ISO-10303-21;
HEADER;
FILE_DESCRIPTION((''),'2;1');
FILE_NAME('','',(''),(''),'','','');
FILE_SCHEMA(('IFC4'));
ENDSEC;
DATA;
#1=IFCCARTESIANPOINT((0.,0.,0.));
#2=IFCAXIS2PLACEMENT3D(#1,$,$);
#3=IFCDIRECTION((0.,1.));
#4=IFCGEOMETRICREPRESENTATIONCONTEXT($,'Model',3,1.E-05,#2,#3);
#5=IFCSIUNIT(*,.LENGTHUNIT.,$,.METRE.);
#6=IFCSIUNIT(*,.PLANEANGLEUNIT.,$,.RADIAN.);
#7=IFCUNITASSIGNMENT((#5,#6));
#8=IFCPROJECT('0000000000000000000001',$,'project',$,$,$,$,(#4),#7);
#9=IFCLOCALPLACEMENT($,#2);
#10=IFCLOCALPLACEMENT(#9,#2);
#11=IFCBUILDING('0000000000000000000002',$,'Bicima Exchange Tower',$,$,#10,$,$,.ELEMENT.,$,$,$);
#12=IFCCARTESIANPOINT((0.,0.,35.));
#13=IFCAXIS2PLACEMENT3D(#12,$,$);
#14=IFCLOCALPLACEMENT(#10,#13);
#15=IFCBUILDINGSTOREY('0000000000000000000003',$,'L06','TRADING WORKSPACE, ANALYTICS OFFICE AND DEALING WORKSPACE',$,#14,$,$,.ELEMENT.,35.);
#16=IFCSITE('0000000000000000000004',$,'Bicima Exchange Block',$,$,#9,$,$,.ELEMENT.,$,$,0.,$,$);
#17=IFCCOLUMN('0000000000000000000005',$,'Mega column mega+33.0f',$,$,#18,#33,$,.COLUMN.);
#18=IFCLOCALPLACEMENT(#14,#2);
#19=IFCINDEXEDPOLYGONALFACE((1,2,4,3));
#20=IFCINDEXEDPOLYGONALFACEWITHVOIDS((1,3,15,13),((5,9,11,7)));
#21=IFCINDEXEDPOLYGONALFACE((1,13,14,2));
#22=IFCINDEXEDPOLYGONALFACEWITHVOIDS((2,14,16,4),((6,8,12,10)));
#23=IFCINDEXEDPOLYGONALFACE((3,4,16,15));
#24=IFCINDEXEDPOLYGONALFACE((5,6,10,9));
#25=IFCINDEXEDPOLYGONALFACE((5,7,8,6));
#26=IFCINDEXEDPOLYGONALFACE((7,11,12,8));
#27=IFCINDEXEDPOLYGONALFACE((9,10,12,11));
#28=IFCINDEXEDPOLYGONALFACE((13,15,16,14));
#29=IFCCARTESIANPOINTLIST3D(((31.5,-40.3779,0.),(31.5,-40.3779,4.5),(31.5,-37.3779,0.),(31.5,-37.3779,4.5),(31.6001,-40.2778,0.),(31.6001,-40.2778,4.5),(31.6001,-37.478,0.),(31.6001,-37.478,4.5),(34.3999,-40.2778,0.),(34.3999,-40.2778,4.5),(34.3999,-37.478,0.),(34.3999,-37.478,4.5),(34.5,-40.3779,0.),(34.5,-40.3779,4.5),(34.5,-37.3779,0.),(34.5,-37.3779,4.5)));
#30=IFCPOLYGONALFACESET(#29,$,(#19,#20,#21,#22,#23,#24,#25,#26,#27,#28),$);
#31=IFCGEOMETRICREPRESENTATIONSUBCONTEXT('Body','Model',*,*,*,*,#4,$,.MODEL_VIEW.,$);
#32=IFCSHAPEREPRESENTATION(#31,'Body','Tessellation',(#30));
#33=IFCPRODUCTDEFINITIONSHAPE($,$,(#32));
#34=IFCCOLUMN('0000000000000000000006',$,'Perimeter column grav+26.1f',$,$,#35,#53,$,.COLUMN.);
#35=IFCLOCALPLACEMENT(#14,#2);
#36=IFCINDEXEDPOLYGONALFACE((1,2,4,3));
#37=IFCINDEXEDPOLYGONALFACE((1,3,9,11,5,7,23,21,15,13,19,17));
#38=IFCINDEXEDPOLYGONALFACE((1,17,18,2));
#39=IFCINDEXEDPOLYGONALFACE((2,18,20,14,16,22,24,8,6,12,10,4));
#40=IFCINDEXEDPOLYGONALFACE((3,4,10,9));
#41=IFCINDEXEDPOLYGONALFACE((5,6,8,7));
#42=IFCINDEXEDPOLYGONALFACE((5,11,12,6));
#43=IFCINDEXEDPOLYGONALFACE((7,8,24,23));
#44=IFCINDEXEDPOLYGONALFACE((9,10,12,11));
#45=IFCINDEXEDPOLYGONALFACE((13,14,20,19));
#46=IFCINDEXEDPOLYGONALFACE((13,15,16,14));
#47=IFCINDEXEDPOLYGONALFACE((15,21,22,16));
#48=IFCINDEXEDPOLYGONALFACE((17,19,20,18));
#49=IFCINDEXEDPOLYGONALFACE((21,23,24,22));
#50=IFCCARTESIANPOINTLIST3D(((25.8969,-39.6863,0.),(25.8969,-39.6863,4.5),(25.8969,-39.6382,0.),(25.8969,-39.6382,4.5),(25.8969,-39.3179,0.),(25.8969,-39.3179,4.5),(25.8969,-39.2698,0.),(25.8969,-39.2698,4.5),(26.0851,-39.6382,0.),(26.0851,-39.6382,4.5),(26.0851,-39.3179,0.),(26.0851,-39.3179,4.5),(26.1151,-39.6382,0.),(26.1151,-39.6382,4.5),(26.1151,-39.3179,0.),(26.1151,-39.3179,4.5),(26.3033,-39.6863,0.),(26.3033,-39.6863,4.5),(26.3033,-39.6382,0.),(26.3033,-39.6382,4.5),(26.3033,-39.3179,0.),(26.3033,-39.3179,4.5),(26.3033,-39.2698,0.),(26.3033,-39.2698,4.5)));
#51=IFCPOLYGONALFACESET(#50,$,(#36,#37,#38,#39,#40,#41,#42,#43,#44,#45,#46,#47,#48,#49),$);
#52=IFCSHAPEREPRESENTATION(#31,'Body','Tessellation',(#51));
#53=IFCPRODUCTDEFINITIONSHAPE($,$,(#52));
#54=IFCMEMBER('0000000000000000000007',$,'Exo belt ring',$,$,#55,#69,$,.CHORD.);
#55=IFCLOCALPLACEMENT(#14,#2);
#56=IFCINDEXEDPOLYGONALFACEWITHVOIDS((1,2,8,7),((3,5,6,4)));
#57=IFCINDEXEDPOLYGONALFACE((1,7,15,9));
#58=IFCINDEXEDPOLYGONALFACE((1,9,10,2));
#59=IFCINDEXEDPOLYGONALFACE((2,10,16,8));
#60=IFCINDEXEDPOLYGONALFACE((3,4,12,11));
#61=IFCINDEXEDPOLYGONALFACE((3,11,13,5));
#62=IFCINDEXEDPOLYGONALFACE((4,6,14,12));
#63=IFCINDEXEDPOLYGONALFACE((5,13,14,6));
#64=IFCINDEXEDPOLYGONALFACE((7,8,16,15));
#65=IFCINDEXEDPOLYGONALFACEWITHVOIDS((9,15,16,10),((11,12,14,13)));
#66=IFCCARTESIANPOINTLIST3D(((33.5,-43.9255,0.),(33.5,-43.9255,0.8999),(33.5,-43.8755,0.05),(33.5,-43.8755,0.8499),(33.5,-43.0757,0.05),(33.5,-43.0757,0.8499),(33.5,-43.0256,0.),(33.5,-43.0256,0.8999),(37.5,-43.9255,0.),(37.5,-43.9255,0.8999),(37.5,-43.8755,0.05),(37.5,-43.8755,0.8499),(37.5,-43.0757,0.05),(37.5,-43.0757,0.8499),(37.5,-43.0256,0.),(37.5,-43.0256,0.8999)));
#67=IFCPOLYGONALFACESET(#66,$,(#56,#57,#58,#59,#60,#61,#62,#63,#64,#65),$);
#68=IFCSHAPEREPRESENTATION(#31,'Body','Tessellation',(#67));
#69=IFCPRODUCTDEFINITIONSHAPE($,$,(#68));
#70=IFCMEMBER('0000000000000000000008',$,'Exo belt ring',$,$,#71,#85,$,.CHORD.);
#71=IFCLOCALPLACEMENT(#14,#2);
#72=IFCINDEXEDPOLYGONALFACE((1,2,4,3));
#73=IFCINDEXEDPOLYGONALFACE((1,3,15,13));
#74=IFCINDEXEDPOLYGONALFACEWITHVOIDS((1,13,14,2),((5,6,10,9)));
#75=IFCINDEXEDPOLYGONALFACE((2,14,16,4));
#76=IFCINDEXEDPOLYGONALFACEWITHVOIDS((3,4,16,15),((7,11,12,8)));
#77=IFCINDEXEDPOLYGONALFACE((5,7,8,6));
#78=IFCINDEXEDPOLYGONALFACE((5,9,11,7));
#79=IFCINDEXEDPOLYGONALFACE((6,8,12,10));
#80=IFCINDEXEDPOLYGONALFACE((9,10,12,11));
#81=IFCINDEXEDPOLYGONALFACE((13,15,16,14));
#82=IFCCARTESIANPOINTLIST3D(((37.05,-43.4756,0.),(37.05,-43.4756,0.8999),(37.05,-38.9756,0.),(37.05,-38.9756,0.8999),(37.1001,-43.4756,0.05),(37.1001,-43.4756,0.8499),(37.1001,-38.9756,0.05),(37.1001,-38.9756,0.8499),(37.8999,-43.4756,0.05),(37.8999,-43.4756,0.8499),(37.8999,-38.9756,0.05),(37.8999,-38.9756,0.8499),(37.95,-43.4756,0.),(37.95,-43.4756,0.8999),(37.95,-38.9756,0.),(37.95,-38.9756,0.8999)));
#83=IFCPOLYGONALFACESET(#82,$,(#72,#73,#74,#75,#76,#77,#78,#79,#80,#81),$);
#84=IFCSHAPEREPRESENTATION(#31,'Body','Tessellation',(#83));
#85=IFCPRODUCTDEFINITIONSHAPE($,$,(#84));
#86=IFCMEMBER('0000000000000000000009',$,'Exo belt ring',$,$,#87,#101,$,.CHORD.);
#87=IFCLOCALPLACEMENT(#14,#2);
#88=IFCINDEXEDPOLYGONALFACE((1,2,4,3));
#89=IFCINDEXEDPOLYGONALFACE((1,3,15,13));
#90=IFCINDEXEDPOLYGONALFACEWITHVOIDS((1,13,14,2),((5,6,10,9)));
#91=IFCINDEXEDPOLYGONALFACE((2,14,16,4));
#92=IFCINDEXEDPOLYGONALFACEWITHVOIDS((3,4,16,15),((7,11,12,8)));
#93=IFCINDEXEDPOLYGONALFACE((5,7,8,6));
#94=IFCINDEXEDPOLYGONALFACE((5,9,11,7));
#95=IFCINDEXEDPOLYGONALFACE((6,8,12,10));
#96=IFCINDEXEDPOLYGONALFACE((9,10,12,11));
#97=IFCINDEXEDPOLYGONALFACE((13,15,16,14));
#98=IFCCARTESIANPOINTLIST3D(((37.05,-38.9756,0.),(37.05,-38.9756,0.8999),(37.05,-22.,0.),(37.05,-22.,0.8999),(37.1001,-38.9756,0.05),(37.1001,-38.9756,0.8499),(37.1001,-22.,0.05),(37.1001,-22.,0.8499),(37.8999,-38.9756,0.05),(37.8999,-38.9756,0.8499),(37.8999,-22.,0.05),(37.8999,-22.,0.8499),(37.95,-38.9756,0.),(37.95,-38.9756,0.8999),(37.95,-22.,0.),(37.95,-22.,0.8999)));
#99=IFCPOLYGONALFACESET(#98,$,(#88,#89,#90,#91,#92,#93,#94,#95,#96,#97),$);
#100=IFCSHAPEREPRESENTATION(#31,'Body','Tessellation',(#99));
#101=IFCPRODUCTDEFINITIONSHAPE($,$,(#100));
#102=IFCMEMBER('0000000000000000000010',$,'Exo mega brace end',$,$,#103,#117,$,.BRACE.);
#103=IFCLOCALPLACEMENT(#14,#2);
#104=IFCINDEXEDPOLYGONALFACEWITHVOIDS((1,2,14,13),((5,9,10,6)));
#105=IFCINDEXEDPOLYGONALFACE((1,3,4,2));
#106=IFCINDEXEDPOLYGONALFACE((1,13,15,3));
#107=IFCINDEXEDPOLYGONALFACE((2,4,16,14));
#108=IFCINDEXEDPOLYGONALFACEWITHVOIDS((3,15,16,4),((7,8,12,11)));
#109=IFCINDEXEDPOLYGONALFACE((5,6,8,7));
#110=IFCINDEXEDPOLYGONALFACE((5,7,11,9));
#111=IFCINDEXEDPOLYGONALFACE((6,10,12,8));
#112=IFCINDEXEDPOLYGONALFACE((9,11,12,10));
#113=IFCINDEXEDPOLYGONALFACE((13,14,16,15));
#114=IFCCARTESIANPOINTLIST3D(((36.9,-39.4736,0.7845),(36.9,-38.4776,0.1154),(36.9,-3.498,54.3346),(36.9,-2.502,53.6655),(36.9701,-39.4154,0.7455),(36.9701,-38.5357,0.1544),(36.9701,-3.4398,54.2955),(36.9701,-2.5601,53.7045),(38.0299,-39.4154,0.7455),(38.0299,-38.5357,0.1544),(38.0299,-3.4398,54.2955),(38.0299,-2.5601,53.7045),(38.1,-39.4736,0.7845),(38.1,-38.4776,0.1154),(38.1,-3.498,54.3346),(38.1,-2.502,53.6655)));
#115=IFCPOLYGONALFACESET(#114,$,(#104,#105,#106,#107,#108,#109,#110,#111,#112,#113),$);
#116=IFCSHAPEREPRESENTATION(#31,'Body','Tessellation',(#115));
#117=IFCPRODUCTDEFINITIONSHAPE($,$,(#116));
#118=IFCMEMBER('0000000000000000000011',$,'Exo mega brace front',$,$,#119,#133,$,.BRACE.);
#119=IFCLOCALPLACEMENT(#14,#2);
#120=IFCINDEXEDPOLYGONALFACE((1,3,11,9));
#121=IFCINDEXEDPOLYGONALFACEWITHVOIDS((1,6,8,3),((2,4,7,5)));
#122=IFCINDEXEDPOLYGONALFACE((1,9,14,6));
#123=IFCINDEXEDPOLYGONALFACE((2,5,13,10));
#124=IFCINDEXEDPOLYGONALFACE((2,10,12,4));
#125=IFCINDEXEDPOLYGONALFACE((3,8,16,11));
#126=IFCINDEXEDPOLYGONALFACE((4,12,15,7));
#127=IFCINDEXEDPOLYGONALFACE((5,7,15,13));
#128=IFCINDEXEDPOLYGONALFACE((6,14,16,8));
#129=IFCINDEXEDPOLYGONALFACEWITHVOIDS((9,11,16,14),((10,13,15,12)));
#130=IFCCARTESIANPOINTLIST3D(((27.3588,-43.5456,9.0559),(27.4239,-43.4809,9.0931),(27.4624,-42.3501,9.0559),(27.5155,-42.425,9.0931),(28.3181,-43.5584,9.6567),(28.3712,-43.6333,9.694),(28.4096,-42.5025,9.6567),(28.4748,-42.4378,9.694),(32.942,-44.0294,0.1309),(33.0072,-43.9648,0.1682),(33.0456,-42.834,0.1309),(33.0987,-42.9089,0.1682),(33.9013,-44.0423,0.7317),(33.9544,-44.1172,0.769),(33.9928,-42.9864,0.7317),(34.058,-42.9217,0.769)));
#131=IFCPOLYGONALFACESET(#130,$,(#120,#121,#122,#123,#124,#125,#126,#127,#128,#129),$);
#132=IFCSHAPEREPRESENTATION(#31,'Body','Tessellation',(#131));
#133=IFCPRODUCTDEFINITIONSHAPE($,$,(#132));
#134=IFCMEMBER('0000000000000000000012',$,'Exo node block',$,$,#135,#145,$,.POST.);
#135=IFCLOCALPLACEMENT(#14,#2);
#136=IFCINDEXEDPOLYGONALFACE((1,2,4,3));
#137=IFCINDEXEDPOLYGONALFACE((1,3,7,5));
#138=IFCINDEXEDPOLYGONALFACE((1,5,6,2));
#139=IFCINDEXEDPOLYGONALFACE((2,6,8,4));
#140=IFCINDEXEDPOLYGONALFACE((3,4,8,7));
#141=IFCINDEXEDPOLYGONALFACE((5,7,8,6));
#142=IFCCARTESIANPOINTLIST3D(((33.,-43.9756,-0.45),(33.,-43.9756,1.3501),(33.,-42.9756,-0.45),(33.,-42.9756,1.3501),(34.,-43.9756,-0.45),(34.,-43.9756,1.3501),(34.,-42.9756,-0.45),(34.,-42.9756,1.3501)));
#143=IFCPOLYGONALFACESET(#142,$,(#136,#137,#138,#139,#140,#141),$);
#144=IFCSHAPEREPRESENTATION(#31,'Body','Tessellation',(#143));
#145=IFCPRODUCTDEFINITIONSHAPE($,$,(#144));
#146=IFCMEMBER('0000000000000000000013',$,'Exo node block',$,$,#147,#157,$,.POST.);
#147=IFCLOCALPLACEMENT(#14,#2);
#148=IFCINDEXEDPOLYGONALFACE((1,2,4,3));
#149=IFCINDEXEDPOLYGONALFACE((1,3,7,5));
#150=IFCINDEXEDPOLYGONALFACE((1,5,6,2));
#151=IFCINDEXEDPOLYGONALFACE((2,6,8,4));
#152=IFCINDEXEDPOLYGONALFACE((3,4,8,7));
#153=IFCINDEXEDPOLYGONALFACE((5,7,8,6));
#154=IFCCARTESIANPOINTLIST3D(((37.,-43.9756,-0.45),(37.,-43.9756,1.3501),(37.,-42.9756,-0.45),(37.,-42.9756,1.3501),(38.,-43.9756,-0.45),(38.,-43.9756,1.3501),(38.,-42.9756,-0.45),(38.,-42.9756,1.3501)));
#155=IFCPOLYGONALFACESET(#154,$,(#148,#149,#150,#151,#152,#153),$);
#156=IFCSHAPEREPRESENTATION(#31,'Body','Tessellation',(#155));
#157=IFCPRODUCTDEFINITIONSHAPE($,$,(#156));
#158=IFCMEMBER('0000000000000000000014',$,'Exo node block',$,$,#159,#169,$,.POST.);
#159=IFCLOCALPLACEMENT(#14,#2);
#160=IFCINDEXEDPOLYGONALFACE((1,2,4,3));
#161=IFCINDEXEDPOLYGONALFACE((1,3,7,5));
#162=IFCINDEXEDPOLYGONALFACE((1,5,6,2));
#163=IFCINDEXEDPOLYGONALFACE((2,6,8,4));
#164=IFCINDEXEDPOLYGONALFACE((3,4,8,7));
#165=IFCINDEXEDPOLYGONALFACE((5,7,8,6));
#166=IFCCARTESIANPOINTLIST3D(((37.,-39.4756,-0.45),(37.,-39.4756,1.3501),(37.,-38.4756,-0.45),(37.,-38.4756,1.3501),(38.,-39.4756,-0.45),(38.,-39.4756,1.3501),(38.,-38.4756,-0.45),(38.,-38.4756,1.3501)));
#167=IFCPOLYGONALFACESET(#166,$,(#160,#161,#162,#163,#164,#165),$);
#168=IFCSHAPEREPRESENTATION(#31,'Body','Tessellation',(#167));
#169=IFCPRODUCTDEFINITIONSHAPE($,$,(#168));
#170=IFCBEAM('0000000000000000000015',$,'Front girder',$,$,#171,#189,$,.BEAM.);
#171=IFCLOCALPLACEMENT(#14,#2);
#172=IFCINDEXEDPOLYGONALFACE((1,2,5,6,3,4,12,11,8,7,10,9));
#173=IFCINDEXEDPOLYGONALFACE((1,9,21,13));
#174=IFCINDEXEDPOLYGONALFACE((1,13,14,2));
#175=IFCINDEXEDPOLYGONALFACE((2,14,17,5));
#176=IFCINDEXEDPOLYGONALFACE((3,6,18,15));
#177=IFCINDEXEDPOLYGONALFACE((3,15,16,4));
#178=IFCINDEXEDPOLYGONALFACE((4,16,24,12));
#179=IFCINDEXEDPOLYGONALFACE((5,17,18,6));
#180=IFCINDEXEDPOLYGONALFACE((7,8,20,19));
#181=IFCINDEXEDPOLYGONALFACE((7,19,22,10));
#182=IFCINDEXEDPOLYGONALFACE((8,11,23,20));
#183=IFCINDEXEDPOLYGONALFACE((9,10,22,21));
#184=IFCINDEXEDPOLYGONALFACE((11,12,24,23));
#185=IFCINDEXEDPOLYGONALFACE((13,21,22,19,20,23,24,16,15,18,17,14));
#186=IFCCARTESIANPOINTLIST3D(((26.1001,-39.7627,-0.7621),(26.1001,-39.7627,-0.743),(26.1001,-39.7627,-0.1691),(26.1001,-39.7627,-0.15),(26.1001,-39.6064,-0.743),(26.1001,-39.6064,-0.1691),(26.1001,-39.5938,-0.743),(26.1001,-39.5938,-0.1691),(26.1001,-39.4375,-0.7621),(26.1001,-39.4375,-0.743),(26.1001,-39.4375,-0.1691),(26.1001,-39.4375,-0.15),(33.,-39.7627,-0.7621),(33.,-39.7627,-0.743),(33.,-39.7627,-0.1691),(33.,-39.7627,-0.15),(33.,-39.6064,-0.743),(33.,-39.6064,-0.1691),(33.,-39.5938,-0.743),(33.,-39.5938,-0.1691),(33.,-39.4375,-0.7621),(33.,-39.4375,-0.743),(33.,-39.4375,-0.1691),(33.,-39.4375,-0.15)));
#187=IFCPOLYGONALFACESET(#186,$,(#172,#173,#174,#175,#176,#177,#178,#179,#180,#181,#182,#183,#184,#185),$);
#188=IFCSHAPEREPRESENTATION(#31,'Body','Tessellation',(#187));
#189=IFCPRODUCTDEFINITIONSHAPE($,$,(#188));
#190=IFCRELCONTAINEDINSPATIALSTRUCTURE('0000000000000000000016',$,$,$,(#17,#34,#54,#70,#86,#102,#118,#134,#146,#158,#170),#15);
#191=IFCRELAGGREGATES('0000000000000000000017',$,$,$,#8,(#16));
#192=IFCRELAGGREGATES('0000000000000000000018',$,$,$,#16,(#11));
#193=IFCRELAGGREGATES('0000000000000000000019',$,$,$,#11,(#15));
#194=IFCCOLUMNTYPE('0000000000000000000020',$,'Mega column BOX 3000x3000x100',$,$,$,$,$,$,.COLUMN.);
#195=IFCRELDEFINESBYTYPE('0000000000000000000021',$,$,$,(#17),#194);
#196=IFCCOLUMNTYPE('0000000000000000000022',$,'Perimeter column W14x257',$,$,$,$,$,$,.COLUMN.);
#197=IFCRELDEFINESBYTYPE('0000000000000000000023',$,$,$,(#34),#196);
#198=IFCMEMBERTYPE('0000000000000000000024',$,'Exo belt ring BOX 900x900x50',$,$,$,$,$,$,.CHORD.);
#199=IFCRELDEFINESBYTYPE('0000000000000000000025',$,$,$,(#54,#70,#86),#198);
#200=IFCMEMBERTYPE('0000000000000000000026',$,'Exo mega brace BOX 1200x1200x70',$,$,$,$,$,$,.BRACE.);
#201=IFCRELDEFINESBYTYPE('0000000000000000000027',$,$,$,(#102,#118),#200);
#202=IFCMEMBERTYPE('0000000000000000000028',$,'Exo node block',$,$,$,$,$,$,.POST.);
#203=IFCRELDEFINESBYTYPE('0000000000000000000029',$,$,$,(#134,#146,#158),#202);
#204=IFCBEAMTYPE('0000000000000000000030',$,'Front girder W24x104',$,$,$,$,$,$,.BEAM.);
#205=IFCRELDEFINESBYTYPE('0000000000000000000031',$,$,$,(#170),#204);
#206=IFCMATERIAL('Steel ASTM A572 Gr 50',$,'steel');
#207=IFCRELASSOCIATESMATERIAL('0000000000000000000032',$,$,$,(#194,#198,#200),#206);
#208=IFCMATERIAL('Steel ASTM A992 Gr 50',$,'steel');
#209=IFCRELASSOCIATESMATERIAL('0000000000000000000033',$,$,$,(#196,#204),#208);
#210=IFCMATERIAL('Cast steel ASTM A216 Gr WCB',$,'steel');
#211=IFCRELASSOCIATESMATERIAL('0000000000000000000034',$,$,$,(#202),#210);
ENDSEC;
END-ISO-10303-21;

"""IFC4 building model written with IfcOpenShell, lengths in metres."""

from ifc_helpers import new_model, si_unit, direction, frame, origin, origin_2d, place, context, subcontext, project, spatial, rectangle, hollow_rectangle, i_section, extrude, material, material_profile, profile_set, type_object, element, save


model = new_model("IFC4")

# Units and contexts
model_context = context("Model", 3, precision=1e-05, world=origin(), true_north=direction((0.0, 1.0)))
body_context = subcontext(model_context, "Body", "Model", "MODEL_VIEW")
ifc_project = project(units=[si_unit("LENGTHUNIT", "METRE"), si_unit("PLANEANGLEUNIT", "RADIAN")], contexts=[model_context])

# Site, building, storey
site_placement = place(None, origin())
site = spatial("IfcSite", under=ifc_project, at=site_placement, Name="Bicima Exchange Block", CompositionType="ELEMENT", RefElevation=0.0)
building_placement = place(site_placement, origin())
building = spatial("IfcBuilding", under=site, at=building_placement, Name="Bicima Exchange Tower", CompositionType="ELEMENT")
storey_placement = place(building_placement, frame((0.0, 0.0, 35.0)))
storey = spatial("IfcBuildingStorey", under=building, at=storey_placement, Name="L06", Description="TRADING WORKSPACE, ANALYTICS OFFICE AND DEALING WORKSPACE", CompositionType="ELEMENT", Elevation=35.0)

# Columns
ifc_material_1 = material(Name="Steel ASTM A572 Gr 50", Category="steel")
ifc_material_profile_1 = material_profile(ifc_material_1, hollow_rectangle(XDim=3.0, YDim=3.0, WallThickness=0.1001, at=origin_2d()))
ifc_profile_set_1 = profile_set([ifc_material_profile_1], Name="Steel ASTM A572 Gr 50")
column_type_1 = type_object("IfcColumnType", Name="Mega column BOX 3000x3000x100", PredefinedType="COLUMN", material=ifc_profile_set_1)
column_1_placement = place(storey_placement, frame((33.0, -38.8779, 0.0), z_axis=(0.0, 0.0, 1.0), x_axis=(1.0, 0.0, 0.0)))
element("IfcColumn", 1, at=column_1_placement, inside=storey, type_object=column_type_1, Name="Mega column mega+33.0f", PredefinedType="COLUMN", context=body_context, shape_type="SweptSolid", body=[
    extrude(hollow_rectangle(XDim=3.0, YDim=3.0, WallThickness=0.1001, at=origin_2d()), origin(), (0.0, 0.0, 1.0), 4.5),
])
ifc_material_2 = material(Name="Steel ASTM A992 Gr 50", Category="steel")
ifc_material_profile_2 = material_profile(ifc_material_2, i_section(OverallWidth=0.4065, OverallDepth=0.4165, WebThickness=0.03, FlangeThickness=0.0481, at=origin_2d()))
ifc_profile_set_2 = profile_set([ifc_material_profile_2], Name="Steel ASTM A992 Gr 50")
column_type_2 = type_object("IfcColumnType", Name="Perimeter column W14x257", PredefinedType="COLUMN", material=ifc_profile_set_2)
column_2_placement = place(storey_placement, frame((26.1001, -39.478, 0.0), z_axis=(0.0, 0.0, 1.0), x_axis=(1.0, 0.0, 0.0)))
element("IfcColumn", 2, at=column_2_placement, inside=storey, type_object=column_type_2, Name="Perimeter column grav+26.1f", PredefinedType="COLUMN", context=body_context, shape_type="SweptSolid", body=[
    extrude(i_section(OverallWidth=0.4065, OverallDepth=0.4165, WebThickness=0.03, FlangeThickness=0.0481, at=origin_2d()), origin(), (0.0, 0.0, 1.0), 4.5),
])

# Members
ifc_material_profile_3 = material_profile(ifc_material_1, hollow_rectangle(XDim=0.8999, YDim=0.8999, WallThickness=0.05, at=origin_2d()))
ifc_profile_set_3 = profile_set([ifc_material_profile_3], Name="Steel ASTM A572 Gr 50")
member_type_1 = type_object("IfcMemberType", Name="Exo belt ring BOX 900x900x50", PredefinedType="CHORD", material=ifc_profile_set_3)
member_1_placement = place(storey_placement, frame((33.5, -43.4756, 0.45), z_axis=(1.0, 0.0, 0.0), x_axis=(0.0, 1.0, 0.0)))
element("IfcMember", 3, at=member_1_placement, inside=storey, type_object=member_type_1, Name="Exo belt ring", PredefinedType="CHORD", context=body_context, shape_type="SweptSolid", body=[
    extrude(hollow_rectangle(XDim=0.8999, YDim=0.8999, WallThickness=0.05, at=origin_2d()), origin(), (0.0, 0.0, 1.0), 4.0),
])
member_2_placement = place(storey_placement, frame((37.5, -43.4756, 0.45), z_axis=(0.0, 1.0, 0.0), x_axis=(-1.0, 0.0, 0.0)))
element("IfcMember", 4, at=member_2_placement, inside=storey, type_object=member_type_1, Name="Exo belt ring", PredefinedType="CHORD", context=body_context, shape_type="SweptSolid", body=[
    extrude(hollow_rectangle(XDim=0.8999, YDim=0.8999, WallThickness=0.05, at=origin_2d()), origin(), (0.0, 0.0, 1.0), 4.5),
])
member_3_placement = place(storey_placement, frame((37.5, -38.9756, 0.45), z_axis=(0.0, 1.0, 0.0), x_axis=(-1.0, 0.0, 0.0)))
element("IfcMember", 5, at=member_3_placement, inside=storey, type_object=member_type_1, Name="Exo belt ring", PredefinedType="CHORD", context=body_context, shape_type="SweptSolid", body=[
    extrude(hollow_rectangle(XDim=0.8999, YDim=0.8999, WallThickness=0.05, at=origin_2d()), origin(), (0.0, 0.0, 1.0), 16.9756),
])
ifc_material_profile_4 = material_profile(ifc_material_1, hollow_rectangle(XDim=1.2, YDim=1.2, WallThickness=0.0701, at=origin_2d()))
ifc_profile_set_4 = profile_set([ifc_material_profile_4], Name="Steel ASTM A572 Gr 50")
member_type_2 = type_object("IfcMemberType", Name="Exo mega brace BOX 1200x1200x70", PredefinedType="BRACE", material=ifc_profile_set_4)
member_4_placement = place(storey_placement, frame((37.5, -38.9756, 0.45), z_axis=(0.0, 0.557654, 0.830074), x_axis=(-1.0, 0.0, 0.0)))
element("IfcMember", 6, at=member_4_placement, inside=storey, type_object=member_type_2, Name="Exo mega brace end", PredefinedType="BRACE", context=body_context, shape_type="SweptSolid", body=[
    extrude(hollow_rectangle(XDim=1.2, YDim=1.2, WallThickness=0.0701, at=origin_2d()), origin(), (0.0, 0.0, 1.0), 64.5125),
])
member_5_placement = place(storey_placement, frame((33.5, -43.4756, 0.45), z_axis=(-0.529788, 0.045915, 0.846887), x_axis=(-0.086344, -0.996265, 0.0)))
element("IfcMember", 7, at=member_5_placement, inside=storey, type_object=member_type_2, Name="Exo mega brace front", PredefinedType="BRACE", context=body_context, shape_type="SweptSolid", body=[
    extrude(hollow_rectangle(XDim=1.2, YDim=1.2, WallThickness=0.0701, at=origin_2d()), origin(), (0.0, 0.0, 1.0), 10.5386),
])
ifc_material_3 = material(Name="Cast steel ASTM A216 Gr WCB", Category="steel")
ifc_material_profile_5 = material_profile(ifc_material_3, rectangle(XDim=1.0, YDim=1.0, at=origin_2d()))
ifc_profile_set_5 = profile_set([ifc_material_profile_5], Name="Cast steel ASTM A216 Gr WCB")
member_type_3 = type_object("IfcMemberType", Name="Exo node block", PredefinedType="POST", material=ifc_profile_set_5)
for number, where, z_axis, x_axis, name in (
    (8, (33.5, -43.4756, -0.45), (0.0, 0.0, 1.0), (1.0, 0.0, 0.0), "Exo node block"),
    (9, (37.5, -43.4756, -0.45), (0.0, 0.0, 1.0), (1.0, 0.0, 0.0), "Exo node block"),
    (10, (37.5, -38.9756, -0.45), (0.0, 0.0, 1.0), (1.0, 0.0, 0.0), "Exo node block"),
):
    element("IfcMember", number, at=place(storey_placement, frame(where, z_axis=z_axis, x_axis=x_axis)), inside=storey, type_object=member_type_3, Name=name, PredefinedType="POST", context=body_context, shape_type="SweptSolid", body=[
        extrude(rectangle(XDim=1.0, YDim=1.0, at=origin_2d()), origin(), (0.0, 0.0, 1.0), 1.8),
    ])

# Beam
ifc_material_profile_6 = material_profile(ifc_material_2, i_section(OverallWidth=0.3252, OverallDepth=0.6121, WebThickness=0.0127, FlangeThickness=0.019, at=origin_2d()))
ifc_profile_set_6 = profile_set([ifc_material_profile_6], Name="Steel ASTM A992 Gr 50")
beam_type = type_object("IfcBeamType", Name="Front girder W24x104", PredefinedType="BEAM", material=ifc_profile_set_6)
beam_placement = place(storey_placement, frame((26.1001, -39.6001, -0.4561), z_axis=(1.0, 0.0, 0.0), x_axis=(0.0, 1.0, 0.0)))
element("IfcBeam", 11, at=beam_placement, inside=storey, type_object=beam_type, Name="Front girder", PredefinedType="BEAM", context=body_context, shape_type="SweptSolid", body=[
    extrude(i_section(OverallWidth=0.3252, OverallDepth=0.6121, WebThickness=0.0127, FlangeThickness=0.019, at=origin_2d()), origin(), (0.0, 0.0, 1.0), 6.8999),
])

save(model, "model.ifc")
